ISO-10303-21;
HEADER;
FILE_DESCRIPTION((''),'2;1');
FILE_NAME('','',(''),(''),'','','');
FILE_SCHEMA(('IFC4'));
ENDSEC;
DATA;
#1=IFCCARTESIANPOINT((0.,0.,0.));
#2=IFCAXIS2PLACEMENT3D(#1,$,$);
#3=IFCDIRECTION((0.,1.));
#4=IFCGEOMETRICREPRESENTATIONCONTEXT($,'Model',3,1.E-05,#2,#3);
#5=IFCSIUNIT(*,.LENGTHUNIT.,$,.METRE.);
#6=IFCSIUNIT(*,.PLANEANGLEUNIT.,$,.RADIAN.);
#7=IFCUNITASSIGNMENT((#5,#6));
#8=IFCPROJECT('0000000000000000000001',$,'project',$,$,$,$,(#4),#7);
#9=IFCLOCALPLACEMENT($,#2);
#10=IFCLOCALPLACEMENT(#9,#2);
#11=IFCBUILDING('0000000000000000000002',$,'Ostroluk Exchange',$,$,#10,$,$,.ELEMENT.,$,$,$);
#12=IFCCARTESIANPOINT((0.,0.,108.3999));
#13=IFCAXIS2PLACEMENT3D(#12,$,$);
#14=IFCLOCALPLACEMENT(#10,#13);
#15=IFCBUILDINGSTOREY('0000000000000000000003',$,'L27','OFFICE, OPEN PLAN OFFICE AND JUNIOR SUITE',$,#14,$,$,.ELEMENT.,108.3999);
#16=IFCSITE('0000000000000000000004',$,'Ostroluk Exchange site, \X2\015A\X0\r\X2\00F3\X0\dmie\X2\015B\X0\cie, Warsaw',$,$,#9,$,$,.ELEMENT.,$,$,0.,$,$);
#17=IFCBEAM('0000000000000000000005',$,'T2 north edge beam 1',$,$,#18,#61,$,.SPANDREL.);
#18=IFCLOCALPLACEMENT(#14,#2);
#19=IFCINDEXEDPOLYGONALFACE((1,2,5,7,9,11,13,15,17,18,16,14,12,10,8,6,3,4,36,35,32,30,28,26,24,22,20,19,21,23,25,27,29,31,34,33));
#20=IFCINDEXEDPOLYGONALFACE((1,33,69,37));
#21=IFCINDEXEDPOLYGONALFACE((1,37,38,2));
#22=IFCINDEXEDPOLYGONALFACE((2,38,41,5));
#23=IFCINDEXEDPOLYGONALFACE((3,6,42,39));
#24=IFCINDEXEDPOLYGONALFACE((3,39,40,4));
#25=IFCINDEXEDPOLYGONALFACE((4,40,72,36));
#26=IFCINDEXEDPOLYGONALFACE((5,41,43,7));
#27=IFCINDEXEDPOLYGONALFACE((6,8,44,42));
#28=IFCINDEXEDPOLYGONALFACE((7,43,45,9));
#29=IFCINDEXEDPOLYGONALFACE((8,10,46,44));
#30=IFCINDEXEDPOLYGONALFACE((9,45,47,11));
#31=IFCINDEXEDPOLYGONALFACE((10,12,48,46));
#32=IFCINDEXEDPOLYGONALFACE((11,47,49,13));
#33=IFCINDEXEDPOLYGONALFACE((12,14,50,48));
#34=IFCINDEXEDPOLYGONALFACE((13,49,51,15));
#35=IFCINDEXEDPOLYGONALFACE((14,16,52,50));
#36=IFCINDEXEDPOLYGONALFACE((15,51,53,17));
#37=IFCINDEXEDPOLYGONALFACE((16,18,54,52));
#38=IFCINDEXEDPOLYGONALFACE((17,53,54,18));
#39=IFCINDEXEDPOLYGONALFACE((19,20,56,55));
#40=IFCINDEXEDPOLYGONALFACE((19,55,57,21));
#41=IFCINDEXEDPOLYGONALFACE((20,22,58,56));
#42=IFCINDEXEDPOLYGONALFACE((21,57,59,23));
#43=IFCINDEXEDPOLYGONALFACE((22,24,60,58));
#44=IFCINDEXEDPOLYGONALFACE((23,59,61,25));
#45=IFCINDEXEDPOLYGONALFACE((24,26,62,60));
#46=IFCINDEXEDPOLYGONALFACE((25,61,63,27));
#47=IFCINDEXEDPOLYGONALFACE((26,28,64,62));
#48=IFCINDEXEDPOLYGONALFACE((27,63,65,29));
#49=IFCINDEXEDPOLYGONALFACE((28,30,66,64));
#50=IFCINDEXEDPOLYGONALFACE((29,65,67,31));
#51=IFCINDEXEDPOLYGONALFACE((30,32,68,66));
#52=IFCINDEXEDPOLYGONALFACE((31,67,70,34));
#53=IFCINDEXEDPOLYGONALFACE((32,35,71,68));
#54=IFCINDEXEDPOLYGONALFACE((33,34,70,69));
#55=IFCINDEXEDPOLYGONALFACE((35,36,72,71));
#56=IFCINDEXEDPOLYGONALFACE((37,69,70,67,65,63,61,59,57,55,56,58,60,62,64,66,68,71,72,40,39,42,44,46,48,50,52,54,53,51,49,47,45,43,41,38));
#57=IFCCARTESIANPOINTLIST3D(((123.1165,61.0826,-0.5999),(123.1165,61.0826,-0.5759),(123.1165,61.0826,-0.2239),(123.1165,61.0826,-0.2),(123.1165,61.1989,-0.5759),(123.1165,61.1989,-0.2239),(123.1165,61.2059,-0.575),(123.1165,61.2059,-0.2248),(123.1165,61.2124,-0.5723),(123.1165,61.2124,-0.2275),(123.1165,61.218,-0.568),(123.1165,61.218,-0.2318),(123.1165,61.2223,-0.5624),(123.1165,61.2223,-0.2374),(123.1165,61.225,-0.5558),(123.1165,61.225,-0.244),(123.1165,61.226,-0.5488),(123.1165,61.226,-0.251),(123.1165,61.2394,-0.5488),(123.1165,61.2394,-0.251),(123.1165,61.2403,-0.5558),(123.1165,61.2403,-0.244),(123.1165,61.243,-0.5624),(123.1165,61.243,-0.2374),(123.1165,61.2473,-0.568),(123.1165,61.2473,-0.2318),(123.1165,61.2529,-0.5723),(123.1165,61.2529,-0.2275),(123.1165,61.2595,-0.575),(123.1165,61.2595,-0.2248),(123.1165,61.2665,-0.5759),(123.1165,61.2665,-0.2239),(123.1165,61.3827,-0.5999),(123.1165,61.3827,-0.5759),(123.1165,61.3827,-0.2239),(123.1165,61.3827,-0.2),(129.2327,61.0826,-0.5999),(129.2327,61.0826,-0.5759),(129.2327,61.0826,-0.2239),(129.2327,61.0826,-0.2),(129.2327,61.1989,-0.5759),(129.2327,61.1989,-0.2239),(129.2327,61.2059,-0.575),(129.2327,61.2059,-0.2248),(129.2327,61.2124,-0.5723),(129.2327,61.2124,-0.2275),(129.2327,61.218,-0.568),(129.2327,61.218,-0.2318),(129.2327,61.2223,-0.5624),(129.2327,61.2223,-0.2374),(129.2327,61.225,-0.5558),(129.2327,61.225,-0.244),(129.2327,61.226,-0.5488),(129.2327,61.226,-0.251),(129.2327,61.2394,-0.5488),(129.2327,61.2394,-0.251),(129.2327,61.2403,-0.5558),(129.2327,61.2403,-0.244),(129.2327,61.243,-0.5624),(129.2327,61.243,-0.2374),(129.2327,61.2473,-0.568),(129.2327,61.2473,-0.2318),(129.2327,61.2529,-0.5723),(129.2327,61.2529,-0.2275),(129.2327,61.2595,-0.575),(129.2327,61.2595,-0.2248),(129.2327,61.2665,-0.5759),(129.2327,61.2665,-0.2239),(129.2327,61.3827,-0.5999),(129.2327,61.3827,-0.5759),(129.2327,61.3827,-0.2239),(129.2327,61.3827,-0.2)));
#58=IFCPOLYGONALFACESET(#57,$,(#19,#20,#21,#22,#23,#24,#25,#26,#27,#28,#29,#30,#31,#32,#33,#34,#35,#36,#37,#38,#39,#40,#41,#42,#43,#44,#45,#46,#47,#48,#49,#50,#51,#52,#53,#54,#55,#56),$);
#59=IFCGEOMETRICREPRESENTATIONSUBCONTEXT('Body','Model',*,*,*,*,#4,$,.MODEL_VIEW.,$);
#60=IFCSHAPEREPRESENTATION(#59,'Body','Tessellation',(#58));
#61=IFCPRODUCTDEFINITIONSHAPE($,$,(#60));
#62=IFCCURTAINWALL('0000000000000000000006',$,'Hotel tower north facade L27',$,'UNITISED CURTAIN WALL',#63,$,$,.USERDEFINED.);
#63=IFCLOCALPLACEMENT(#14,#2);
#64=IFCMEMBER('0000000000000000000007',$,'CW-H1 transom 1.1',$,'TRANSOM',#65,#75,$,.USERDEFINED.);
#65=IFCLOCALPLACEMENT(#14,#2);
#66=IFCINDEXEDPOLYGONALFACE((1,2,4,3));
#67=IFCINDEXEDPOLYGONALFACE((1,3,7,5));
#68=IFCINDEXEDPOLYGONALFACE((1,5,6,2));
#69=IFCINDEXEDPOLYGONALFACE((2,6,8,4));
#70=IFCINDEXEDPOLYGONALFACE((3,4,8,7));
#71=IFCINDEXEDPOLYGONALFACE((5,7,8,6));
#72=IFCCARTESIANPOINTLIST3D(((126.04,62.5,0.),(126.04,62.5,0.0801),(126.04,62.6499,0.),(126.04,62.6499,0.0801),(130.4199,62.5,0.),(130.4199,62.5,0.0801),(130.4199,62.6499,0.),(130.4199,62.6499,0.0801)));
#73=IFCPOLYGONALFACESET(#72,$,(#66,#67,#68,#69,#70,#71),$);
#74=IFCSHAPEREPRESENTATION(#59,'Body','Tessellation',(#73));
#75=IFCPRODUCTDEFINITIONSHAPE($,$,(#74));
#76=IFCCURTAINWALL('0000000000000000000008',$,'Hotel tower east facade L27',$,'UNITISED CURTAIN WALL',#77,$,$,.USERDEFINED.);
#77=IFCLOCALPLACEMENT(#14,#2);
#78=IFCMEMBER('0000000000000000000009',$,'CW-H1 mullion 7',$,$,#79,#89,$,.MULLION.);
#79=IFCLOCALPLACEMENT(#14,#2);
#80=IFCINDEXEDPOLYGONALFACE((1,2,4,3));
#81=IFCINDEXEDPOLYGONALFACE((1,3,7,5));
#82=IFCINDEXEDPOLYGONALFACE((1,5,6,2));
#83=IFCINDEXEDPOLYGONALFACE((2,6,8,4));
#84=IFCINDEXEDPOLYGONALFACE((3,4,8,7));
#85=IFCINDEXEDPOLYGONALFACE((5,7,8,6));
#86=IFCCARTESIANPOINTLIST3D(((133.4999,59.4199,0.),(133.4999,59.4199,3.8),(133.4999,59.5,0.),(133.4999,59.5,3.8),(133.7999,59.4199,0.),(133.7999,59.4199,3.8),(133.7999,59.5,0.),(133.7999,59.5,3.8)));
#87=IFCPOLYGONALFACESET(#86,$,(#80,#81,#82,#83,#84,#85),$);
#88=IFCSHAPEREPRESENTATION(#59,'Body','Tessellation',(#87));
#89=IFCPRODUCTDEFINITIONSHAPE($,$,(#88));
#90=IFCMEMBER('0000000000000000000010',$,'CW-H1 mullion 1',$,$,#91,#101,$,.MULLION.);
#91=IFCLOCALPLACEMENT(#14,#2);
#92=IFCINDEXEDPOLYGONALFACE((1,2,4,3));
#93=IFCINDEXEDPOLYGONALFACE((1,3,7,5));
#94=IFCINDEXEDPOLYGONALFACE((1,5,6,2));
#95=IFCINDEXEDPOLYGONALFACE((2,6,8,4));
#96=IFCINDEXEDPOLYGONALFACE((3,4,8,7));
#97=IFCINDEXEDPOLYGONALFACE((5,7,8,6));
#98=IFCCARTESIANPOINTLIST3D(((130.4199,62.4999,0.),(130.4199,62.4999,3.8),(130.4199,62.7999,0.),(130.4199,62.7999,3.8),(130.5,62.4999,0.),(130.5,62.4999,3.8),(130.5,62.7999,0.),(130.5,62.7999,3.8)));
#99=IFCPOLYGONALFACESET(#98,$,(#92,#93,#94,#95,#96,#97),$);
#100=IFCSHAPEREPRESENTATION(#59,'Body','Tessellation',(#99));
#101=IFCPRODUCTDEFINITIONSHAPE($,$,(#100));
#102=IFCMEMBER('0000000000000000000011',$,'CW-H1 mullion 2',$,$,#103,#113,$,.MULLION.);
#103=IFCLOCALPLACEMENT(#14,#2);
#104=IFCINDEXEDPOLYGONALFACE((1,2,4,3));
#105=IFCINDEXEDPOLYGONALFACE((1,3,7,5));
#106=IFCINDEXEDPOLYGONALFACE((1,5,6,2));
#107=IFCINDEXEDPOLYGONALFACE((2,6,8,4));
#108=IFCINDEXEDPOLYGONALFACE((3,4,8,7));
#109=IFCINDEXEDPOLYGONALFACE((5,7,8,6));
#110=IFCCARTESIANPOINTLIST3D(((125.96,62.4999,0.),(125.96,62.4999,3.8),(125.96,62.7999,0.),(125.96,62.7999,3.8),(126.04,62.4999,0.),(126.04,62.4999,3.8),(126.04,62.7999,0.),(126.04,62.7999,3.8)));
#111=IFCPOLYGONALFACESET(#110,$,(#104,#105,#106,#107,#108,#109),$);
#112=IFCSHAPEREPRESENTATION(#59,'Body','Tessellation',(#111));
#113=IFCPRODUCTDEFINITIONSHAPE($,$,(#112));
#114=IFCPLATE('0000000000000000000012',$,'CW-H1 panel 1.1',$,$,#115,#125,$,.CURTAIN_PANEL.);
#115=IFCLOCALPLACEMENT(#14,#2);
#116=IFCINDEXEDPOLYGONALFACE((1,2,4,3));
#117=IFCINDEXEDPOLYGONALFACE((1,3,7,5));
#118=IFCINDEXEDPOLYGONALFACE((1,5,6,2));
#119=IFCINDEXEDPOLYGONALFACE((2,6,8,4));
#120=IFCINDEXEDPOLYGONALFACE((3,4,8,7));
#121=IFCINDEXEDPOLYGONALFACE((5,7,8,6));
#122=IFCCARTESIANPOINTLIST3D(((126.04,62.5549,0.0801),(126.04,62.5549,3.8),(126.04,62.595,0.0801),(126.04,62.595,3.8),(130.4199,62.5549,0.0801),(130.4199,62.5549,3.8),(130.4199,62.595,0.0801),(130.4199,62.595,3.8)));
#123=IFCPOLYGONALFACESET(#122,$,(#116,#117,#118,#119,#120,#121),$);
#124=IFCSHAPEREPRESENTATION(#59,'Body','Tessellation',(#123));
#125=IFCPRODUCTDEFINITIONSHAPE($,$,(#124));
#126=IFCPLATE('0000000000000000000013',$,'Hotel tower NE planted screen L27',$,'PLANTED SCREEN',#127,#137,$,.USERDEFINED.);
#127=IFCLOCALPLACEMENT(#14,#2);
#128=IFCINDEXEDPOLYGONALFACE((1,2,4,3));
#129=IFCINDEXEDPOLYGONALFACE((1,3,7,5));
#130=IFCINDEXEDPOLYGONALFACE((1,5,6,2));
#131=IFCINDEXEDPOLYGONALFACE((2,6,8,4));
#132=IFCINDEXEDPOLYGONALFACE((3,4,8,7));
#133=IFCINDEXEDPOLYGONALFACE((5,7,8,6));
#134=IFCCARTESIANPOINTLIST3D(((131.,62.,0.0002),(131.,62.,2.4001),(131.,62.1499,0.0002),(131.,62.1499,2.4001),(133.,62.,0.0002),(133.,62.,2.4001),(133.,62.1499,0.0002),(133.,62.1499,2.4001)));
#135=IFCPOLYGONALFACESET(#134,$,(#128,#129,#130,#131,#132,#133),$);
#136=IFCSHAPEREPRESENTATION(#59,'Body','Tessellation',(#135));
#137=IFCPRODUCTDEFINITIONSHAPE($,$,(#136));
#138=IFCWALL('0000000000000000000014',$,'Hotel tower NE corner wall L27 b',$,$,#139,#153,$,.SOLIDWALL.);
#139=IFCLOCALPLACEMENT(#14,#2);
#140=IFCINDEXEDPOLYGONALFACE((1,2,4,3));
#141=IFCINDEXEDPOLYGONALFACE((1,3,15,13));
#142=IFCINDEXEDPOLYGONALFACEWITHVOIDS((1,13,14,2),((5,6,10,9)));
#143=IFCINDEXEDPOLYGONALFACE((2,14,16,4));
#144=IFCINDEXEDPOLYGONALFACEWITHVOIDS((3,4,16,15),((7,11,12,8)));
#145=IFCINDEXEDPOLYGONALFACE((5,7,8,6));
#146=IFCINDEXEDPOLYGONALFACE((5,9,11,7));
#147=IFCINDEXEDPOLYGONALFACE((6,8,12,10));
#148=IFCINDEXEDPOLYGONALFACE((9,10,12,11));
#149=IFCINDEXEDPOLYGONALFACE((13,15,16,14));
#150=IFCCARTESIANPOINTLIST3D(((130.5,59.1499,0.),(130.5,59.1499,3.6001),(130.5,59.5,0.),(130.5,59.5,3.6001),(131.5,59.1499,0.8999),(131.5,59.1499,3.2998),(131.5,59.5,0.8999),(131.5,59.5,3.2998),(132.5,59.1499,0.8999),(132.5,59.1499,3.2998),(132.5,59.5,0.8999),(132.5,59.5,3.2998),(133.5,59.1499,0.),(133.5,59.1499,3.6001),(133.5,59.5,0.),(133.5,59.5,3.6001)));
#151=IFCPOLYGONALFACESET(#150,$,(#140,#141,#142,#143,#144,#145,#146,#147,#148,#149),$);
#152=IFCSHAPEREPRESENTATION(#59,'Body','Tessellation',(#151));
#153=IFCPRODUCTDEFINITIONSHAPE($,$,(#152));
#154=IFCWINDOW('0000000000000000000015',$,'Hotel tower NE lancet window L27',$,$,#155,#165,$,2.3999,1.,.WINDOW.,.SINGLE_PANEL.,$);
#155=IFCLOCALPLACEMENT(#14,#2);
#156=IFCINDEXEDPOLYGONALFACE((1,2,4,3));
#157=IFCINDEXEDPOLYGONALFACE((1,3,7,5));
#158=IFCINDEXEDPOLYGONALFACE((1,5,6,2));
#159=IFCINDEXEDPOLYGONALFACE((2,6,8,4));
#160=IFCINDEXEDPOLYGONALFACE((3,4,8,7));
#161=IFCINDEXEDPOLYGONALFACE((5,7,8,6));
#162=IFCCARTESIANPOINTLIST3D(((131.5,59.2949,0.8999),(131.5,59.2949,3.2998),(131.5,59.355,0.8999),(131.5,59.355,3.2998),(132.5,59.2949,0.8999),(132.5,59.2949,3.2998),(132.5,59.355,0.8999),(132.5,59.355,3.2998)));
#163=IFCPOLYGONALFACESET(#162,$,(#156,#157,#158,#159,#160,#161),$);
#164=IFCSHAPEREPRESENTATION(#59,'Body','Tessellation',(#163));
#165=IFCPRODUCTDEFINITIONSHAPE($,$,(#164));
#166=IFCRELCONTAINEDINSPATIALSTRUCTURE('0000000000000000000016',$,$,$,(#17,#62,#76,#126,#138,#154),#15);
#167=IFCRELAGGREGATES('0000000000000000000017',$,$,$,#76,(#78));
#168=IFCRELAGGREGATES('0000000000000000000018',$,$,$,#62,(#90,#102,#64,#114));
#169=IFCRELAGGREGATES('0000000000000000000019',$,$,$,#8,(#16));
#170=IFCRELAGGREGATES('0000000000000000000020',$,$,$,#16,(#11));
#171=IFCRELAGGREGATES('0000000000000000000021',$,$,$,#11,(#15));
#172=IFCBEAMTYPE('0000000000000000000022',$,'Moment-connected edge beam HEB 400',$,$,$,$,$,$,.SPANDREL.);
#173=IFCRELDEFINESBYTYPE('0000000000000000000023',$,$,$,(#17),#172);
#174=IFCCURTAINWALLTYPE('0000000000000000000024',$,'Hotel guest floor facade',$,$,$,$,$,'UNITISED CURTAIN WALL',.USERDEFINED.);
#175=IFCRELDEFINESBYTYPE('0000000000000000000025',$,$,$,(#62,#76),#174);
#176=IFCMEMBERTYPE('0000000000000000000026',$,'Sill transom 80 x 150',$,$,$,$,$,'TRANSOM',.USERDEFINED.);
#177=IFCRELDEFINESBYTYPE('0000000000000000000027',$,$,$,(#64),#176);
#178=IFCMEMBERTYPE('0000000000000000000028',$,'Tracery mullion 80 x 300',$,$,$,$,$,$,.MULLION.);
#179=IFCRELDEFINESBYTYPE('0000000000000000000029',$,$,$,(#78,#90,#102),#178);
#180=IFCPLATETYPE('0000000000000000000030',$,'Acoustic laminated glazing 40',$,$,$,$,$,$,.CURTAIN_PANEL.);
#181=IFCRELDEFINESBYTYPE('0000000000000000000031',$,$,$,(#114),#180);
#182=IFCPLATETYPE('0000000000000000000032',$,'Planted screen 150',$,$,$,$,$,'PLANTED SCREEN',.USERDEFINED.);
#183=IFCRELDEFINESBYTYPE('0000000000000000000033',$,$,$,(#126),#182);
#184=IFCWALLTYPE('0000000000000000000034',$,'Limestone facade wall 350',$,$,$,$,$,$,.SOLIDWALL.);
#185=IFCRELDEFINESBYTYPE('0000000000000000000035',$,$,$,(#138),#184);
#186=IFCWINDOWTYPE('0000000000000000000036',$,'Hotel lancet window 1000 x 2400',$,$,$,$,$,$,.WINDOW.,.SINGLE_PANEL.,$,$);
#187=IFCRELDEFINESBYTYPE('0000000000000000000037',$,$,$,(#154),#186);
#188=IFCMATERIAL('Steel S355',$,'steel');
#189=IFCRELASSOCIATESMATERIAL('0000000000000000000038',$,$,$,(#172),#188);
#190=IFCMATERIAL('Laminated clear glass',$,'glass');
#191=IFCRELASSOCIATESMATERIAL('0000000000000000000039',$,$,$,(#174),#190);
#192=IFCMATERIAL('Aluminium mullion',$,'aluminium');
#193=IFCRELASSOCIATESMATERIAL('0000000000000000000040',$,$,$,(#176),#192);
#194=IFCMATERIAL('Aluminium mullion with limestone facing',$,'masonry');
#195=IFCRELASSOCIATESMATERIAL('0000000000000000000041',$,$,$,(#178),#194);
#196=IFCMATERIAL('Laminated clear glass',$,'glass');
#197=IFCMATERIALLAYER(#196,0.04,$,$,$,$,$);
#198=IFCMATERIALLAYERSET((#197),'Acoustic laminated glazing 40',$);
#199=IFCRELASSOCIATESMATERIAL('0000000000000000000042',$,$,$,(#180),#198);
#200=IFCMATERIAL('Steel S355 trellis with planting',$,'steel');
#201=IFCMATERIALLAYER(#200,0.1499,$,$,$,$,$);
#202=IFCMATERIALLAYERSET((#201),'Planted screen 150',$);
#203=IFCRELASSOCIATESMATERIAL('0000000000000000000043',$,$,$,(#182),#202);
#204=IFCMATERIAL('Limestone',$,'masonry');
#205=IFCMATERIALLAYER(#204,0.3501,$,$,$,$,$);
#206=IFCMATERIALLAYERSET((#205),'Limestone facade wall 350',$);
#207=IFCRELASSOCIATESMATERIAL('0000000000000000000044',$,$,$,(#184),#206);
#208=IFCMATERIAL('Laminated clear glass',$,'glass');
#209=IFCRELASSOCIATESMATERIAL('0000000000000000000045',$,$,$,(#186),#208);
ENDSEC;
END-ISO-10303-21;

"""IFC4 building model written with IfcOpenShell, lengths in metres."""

from ifc_helpers import new_model, si_unit, direction, frame, frame_2d, origin, origin_2d, place, context, subcontext, project, spatial, rectangle, i_section, extrude, material, layer, layer_set, material_profile, profile_set, type_object, element, fill, aggregate, save


model = new_model("IFC4")

# Units and contexts
model_context = context("Model", 3, precision=1e-05, world=origin(), true_north=direction((0.0, 1.0)))
body_context = subcontext(model_context, "Body", "Model", "MODEL_VIEW")
ifc_project = project(units=[si_unit("LENGTHUNIT", "METRE"), si_unit("PLANEANGLEUNIT", "RADIAN")], contexts=[model_context])

# Site, building, storey
site_placement = place(None, origin())
site = spatial("IfcSite", under=ifc_project, at=site_placement, Name="Ostroluk Exchange site, Śródmieście, Warsaw", CompositionType="ELEMENT", RefElevation=0.0)
building_placement = place(site_placement, origin())
building = spatial("IfcBuilding", under=site, at=building_placement, Name="Ostroluk Exchange", CompositionType="ELEMENT")
storey_placement = place(building_placement, frame((0.0, 0.0, 108.3999)))
storey = spatial("IfcBuildingStorey", under=building, at=storey_placement, Name="L27", Description="OFFICE, OPEN PLAN OFFICE AND JUNIOR SUITE", CompositionType="ELEMENT", Elevation=108.3999)

# Beam
ifc_material_1 = material(Name="Steel S355", Category="steel")
ifc_material_profile_1 = material_profile(ifc_material_1, i_section(OverallWidth=0.3, OverallDepth=0.3999, WebThickness=0.0134, FlangeThickness=0.0239, FilletRadius=0.0271, at=origin_2d()), Name="HEB 400")
ifc_profile_set_1 = profile_set([ifc_material_profile_1], Name="Steel S355")
beam_type_1 = type_object("IfcBeamType", Name="Moment-connected edge beam HEB 400", PredefinedType="SPANDREL", material=ifc_profile_set_1)
beam_1_placement = place(storey_placement, frame((129.2327, 61.2327, -0.3999), z_axis=(-1.0, 0.0, 0.0), x_axis=(0.0, -1.0, 0.0)))
element("IfcBeam", 1, at=beam_1_placement, inside=storey, type_object=beam_type_1, Name="T2 north edge beam 1", PredefinedType="SPANDREL", context=body_context, shape_type="SweptSolid", body=[
    extrude(i_section(OverallWidth=0.3, OverallDepth=0.3999, WebThickness=0.0134, FlangeThickness=0.0239, FilletRadius=0.0271, at=origin_2d()), origin(), (0.0, 0.0, 1.0), 6.1162),
])

# Curtain walls, members
ifc_material_2 = material(Name="Laminated clear glass", Category="glass")
curtain_wall_type = type_object("IfcCurtainWallType", Name="Hotel guest floor facade", ElementType="UNITISED CURTAIN WALL", PredefinedType="USERDEFINED", material=ifc_material_2)
curtain_wall_1_placement = place(storey_placement, origin())
curtain_wall_1 = element("IfcCurtainWall", 2, at=curtain_wall_1_placement, inside=storey, type_object=curtain_wall_type, Name="Hotel tower north facade L27", ObjectType="UNITISED CURTAIN WALL", PredefinedType="USERDEFINED")
ifc_material_3 = material(Name="Aluminium mullion", Category="aluminium")
ifc_material_profile_2 = material_profile(ifc_material_3, rectangle(XDim=0.1499, YDim=0.0801, at=origin_2d()), Name="Sill transom 80 x 150")
ifc_profile_set_2 = profile_set([ifc_material_profile_2], Name="Aluminium mullion")
member_type_1 = type_object("IfcMemberType", Name="Sill transom 80 x 150", ElementType="TRANSOM", PredefinedType="USERDEFINED", material=ifc_profile_set_2)
member_1_placement = place(storey_placement, frame((130.4199, 62.575, 0.04), z_axis=(-1.0, 0.0, 0.0), x_axis=(0.0, -1.0, 0.0)))
member_1 = element("IfcMember", 3, at=member_1_placement, type_object=member_type_1, Name="CW-H1 transom 1.1", ObjectType="TRANSOM", PredefinedType="USERDEFINED", context=body_context, shape_type="SweptSolid", body=[
    extrude(rectangle(XDim=0.1499, YDim=0.0801, at=origin_2d()), origin(), (0.0, 0.0, 1.0), 4.3799),
])
curtain_wall_2_placement = place(storey_placement, origin())
curtain_wall_2 = element("IfcCurtainWall", 4, at=curtain_wall_2_placement, inside=storey, type_object=curtain_wall_type, Name="Hotel tower east facade L27", ObjectType="UNITISED CURTAIN WALL", PredefinedType="USERDEFINED")
ifc_material_4 = material(Name="Aluminium mullion with limestone facing", Category="masonry")
ifc_material_profile_3 = material_profile(ifc_material_4, rectangle(XDim=0.3, YDim=0.0801, at=origin_2d()), Name="Tracery mullion 80 x 300")
ifc_profile_set_3 = profile_set([ifc_material_profile_3], Name="Aluminium mullion with limestone facing")
member_type_2 = type_object("IfcMemberType", Name="Tracery mullion 80 x 300", PredefinedType="MULLION", material=ifc_profile_set_3)
member_2_placement = place(storey_placement, frame((133.6499, 59.46, 0.0), z_axis=(0.0, 0.0, 1.0), x_axis=(-1.0, 0.0, 0.0)))
member_2 = element("IfcMember", 5, at=member_2_placement, type_object=member_type_2, Name="CW-H1 mullion 7", PredefinedType="MULLION", context=body_context, shape_type="SweptSolid", body=[
    extrude(rectangle(XDim=0.3, YDim=0.0801, at=origin_2d()), origin(), (0.0, 0.0, 1.0), 3.8),
])
aggregate(curtain_wall_2, [member_2])

# Members
member_3_placement = place(storey_placement, frame((130.46, 62.6499, 0.0), z_axis=(0.0, 0.0, 1.0), x_axis=(0.0, -1.0, 0.0)))
member_3 = element("IfcMember", 6, at=member_3_placement, type_object=member_type_2, Name="CW-H1 mullion 1", PredefinedType="MULLION", context=body_context, shape_type="SweptSolid", body=[
    extrude(rectangle(XDim=0.3, YDim=0.0801, at=origin_2d()), origin(), (0.0, 0.0, 1.0), 3.8),
])
member_4_placement = place(storey_placement, frame((126.0, 62.6499, 0.0), z_axis=(0.0, 0.0, 1.0), x_axis=(0.0, -1.0, 0.0)))
member_4 = element("IfcMember", 7, at=member_4_placement, type_object=member_type_2, Name="CW-H1 mullion 2", PredefinedType="MULLION", context=body_context, shape_type="SweptSolid", body=[
    extrude(rectangle(XDim=0.3, YDim=0.0801, at=origin_2d()), origin(), (0.0, 0.0, 1.0), 3.8),
])

# Plates
ifc_material_5 = material(Name="Laminated clear glass", Category="glass")
ifc_layer_1 = layer(ifc_material_5, 0.04)
ifc_layer_set_1 = layer_set([ifc_layer_1], Name="Acoustic laminated glazing 40")
plate_type_1 = type_object("IfcPlateType", Name="Acoustic laminated glazing 40", PredefinedType="CURTAIN_PANEL", material=ifc_layer_set_1)
plate_1_placement = place(storey_placement, frame((128.23, 62.575, 0.0801), z_axis=(0.0, 0.0, 1.0), x_axis=(-1.0, 0.0, 0.0)))
plate_1 = element("IfcPlate", 8, at=plate_1_placement, type_object=plate_type_1, Name="CW-H1 panel 1.1", PredefinedType="CURTAIN_PANEL", context=body_context, shape_type="SweptSolid", body=[
    extrude(rectangle(XDim=4.3799, YDim=0.04, at=origin_2d()), origin(), (0.0, 0.0, 1.0), 3.72),
])
aggregate(curtain_wall_1, [member_3, member_4, member_1, plate_1])
ifc_material_6 = material(Name="Steel S355 trellis with planting", Category="steel")
ifc_layer_2 = layer(ifc_material_6, 0.1499)
ifc_layer_set_2 = layer_set([ifc_layer_2], Name="Planted screen 150")
plate_type_2 = type_object("IfcPlateType", Name="Planted screen 150", ElementType="PLANTED SCREEN", PredefinedType="USERDEFINED", material=ifc_layer_set_2)
plate_2_placement = place(storey_placement, frame((132.0, 62.075, 0.0002), z_axis=(0.0, 0.0, 1.0), x_axis=(1.0, 0.0, 0.0)))
element("IfcPlate", 9, at=plate_2_placement, inside=storey, type_object=plate_type_2, Name="Hotel tower NE planted screen L27", ObjectType="PLANTED SCREEN", PredefinedType="USERDEFINED", context=body_context, shape_type="SweptSolid", body=[
    extrude(rectangle(XDim=2.0, YDim=0.1499, at=origin_2d()), origin(), (0.0, 0.0, 1.0), 2.3999),
])

# Shared definitions
ifc_material_7 = material(Name="Limestone", Category="masonry")
ifc_layer_3 = layer(ifc_material_7, 0.3501)
ifc_layer_set_3 = layer_set([ifc_layer_3], Name="Limestone facade wall 350")
wall_type_1 = type_object("IfcWallType", Name="Limestone facade wall 350", PredefinedType="SOLIDWALL", material=ifc_layer_set_3)

# Wall, opening, window
wall_1_placement = place(storey_placement, frame((130.5, 59.325, 0.0), z_axis=(0.0, 0.0, 1.0), x_axis=(1.0, 0.0, 0.0)))
wall_1 = element("IfcWall", 10, at=wall_1_placement, inside=storey, type_object=wall_type_1, Name="Hotel tower NE corner wall L27 b", PredefinedType="SOLIDWALL", context=body_context, shape_type="SweptSolid", body=[
    extrude(rectangle(XDim=3.0, YDim=0.3501, at=frame_2d((1.5, 0.0))), origin(), (0.0, 0.0, 1.0), 3.6001),
])
opening_1_placement = place(wall_1_placement, frame((1.0, 0.0, 0.8999)))
opening_1 = element("IfcOpeningElement", 11, at=opening_1_placement, cuts=wall_1, PredefinedType="OPENING", context=body_context, shape_type="SweptSolid", body=[
    extrude(rectangle(XDim=1.0, YDim=2.3999, at=frame_2d((0.5, 1.2))), frame((0.0, 0.1851, 0.0), z_axis=(0.0, -1.0, 0.0), x_axis=(1.0, 0.0, 0.0)), (0.0, 0.0, 1.0), 0.3701),
])
ifc_material_8 = material(Name="Laminated clear glass", Category="glass")
window_type = type_object("IfcWindowType", Name="Hotel lancet window 1000 x 2400", PartitioningType="SINGLE_PANEL", PredefinedType="WINDOW", material=ifc_material_8)
window_placement = place(opening_1_placement, origin())
window = element("IfcWindow", 12, at=window_placement, inside=storey, type_object=window_type, Name="Hotel tower NE lancet window L27", OverallHeight=2.3999, OverallWidth=1.0, PartitioningType="SINGLE_PANEL", PredefinedType="WINDOW", context=body_context, shape_type="SweptSolid", body=[
    extrude(rectangle(XDim=1.0, YDim=2.3999, at=frame_2d((0.5, 1.2))), frame((0.0, 0.03, 0.0), z_axis=(0.0, -1.0, 0.0), x_axis=(1.0, 0.0, 0.0)), (0.0, 0.0, 1.0), 0.0601),
])
fill(opening_1, window)

save(model, "model.ifc")
